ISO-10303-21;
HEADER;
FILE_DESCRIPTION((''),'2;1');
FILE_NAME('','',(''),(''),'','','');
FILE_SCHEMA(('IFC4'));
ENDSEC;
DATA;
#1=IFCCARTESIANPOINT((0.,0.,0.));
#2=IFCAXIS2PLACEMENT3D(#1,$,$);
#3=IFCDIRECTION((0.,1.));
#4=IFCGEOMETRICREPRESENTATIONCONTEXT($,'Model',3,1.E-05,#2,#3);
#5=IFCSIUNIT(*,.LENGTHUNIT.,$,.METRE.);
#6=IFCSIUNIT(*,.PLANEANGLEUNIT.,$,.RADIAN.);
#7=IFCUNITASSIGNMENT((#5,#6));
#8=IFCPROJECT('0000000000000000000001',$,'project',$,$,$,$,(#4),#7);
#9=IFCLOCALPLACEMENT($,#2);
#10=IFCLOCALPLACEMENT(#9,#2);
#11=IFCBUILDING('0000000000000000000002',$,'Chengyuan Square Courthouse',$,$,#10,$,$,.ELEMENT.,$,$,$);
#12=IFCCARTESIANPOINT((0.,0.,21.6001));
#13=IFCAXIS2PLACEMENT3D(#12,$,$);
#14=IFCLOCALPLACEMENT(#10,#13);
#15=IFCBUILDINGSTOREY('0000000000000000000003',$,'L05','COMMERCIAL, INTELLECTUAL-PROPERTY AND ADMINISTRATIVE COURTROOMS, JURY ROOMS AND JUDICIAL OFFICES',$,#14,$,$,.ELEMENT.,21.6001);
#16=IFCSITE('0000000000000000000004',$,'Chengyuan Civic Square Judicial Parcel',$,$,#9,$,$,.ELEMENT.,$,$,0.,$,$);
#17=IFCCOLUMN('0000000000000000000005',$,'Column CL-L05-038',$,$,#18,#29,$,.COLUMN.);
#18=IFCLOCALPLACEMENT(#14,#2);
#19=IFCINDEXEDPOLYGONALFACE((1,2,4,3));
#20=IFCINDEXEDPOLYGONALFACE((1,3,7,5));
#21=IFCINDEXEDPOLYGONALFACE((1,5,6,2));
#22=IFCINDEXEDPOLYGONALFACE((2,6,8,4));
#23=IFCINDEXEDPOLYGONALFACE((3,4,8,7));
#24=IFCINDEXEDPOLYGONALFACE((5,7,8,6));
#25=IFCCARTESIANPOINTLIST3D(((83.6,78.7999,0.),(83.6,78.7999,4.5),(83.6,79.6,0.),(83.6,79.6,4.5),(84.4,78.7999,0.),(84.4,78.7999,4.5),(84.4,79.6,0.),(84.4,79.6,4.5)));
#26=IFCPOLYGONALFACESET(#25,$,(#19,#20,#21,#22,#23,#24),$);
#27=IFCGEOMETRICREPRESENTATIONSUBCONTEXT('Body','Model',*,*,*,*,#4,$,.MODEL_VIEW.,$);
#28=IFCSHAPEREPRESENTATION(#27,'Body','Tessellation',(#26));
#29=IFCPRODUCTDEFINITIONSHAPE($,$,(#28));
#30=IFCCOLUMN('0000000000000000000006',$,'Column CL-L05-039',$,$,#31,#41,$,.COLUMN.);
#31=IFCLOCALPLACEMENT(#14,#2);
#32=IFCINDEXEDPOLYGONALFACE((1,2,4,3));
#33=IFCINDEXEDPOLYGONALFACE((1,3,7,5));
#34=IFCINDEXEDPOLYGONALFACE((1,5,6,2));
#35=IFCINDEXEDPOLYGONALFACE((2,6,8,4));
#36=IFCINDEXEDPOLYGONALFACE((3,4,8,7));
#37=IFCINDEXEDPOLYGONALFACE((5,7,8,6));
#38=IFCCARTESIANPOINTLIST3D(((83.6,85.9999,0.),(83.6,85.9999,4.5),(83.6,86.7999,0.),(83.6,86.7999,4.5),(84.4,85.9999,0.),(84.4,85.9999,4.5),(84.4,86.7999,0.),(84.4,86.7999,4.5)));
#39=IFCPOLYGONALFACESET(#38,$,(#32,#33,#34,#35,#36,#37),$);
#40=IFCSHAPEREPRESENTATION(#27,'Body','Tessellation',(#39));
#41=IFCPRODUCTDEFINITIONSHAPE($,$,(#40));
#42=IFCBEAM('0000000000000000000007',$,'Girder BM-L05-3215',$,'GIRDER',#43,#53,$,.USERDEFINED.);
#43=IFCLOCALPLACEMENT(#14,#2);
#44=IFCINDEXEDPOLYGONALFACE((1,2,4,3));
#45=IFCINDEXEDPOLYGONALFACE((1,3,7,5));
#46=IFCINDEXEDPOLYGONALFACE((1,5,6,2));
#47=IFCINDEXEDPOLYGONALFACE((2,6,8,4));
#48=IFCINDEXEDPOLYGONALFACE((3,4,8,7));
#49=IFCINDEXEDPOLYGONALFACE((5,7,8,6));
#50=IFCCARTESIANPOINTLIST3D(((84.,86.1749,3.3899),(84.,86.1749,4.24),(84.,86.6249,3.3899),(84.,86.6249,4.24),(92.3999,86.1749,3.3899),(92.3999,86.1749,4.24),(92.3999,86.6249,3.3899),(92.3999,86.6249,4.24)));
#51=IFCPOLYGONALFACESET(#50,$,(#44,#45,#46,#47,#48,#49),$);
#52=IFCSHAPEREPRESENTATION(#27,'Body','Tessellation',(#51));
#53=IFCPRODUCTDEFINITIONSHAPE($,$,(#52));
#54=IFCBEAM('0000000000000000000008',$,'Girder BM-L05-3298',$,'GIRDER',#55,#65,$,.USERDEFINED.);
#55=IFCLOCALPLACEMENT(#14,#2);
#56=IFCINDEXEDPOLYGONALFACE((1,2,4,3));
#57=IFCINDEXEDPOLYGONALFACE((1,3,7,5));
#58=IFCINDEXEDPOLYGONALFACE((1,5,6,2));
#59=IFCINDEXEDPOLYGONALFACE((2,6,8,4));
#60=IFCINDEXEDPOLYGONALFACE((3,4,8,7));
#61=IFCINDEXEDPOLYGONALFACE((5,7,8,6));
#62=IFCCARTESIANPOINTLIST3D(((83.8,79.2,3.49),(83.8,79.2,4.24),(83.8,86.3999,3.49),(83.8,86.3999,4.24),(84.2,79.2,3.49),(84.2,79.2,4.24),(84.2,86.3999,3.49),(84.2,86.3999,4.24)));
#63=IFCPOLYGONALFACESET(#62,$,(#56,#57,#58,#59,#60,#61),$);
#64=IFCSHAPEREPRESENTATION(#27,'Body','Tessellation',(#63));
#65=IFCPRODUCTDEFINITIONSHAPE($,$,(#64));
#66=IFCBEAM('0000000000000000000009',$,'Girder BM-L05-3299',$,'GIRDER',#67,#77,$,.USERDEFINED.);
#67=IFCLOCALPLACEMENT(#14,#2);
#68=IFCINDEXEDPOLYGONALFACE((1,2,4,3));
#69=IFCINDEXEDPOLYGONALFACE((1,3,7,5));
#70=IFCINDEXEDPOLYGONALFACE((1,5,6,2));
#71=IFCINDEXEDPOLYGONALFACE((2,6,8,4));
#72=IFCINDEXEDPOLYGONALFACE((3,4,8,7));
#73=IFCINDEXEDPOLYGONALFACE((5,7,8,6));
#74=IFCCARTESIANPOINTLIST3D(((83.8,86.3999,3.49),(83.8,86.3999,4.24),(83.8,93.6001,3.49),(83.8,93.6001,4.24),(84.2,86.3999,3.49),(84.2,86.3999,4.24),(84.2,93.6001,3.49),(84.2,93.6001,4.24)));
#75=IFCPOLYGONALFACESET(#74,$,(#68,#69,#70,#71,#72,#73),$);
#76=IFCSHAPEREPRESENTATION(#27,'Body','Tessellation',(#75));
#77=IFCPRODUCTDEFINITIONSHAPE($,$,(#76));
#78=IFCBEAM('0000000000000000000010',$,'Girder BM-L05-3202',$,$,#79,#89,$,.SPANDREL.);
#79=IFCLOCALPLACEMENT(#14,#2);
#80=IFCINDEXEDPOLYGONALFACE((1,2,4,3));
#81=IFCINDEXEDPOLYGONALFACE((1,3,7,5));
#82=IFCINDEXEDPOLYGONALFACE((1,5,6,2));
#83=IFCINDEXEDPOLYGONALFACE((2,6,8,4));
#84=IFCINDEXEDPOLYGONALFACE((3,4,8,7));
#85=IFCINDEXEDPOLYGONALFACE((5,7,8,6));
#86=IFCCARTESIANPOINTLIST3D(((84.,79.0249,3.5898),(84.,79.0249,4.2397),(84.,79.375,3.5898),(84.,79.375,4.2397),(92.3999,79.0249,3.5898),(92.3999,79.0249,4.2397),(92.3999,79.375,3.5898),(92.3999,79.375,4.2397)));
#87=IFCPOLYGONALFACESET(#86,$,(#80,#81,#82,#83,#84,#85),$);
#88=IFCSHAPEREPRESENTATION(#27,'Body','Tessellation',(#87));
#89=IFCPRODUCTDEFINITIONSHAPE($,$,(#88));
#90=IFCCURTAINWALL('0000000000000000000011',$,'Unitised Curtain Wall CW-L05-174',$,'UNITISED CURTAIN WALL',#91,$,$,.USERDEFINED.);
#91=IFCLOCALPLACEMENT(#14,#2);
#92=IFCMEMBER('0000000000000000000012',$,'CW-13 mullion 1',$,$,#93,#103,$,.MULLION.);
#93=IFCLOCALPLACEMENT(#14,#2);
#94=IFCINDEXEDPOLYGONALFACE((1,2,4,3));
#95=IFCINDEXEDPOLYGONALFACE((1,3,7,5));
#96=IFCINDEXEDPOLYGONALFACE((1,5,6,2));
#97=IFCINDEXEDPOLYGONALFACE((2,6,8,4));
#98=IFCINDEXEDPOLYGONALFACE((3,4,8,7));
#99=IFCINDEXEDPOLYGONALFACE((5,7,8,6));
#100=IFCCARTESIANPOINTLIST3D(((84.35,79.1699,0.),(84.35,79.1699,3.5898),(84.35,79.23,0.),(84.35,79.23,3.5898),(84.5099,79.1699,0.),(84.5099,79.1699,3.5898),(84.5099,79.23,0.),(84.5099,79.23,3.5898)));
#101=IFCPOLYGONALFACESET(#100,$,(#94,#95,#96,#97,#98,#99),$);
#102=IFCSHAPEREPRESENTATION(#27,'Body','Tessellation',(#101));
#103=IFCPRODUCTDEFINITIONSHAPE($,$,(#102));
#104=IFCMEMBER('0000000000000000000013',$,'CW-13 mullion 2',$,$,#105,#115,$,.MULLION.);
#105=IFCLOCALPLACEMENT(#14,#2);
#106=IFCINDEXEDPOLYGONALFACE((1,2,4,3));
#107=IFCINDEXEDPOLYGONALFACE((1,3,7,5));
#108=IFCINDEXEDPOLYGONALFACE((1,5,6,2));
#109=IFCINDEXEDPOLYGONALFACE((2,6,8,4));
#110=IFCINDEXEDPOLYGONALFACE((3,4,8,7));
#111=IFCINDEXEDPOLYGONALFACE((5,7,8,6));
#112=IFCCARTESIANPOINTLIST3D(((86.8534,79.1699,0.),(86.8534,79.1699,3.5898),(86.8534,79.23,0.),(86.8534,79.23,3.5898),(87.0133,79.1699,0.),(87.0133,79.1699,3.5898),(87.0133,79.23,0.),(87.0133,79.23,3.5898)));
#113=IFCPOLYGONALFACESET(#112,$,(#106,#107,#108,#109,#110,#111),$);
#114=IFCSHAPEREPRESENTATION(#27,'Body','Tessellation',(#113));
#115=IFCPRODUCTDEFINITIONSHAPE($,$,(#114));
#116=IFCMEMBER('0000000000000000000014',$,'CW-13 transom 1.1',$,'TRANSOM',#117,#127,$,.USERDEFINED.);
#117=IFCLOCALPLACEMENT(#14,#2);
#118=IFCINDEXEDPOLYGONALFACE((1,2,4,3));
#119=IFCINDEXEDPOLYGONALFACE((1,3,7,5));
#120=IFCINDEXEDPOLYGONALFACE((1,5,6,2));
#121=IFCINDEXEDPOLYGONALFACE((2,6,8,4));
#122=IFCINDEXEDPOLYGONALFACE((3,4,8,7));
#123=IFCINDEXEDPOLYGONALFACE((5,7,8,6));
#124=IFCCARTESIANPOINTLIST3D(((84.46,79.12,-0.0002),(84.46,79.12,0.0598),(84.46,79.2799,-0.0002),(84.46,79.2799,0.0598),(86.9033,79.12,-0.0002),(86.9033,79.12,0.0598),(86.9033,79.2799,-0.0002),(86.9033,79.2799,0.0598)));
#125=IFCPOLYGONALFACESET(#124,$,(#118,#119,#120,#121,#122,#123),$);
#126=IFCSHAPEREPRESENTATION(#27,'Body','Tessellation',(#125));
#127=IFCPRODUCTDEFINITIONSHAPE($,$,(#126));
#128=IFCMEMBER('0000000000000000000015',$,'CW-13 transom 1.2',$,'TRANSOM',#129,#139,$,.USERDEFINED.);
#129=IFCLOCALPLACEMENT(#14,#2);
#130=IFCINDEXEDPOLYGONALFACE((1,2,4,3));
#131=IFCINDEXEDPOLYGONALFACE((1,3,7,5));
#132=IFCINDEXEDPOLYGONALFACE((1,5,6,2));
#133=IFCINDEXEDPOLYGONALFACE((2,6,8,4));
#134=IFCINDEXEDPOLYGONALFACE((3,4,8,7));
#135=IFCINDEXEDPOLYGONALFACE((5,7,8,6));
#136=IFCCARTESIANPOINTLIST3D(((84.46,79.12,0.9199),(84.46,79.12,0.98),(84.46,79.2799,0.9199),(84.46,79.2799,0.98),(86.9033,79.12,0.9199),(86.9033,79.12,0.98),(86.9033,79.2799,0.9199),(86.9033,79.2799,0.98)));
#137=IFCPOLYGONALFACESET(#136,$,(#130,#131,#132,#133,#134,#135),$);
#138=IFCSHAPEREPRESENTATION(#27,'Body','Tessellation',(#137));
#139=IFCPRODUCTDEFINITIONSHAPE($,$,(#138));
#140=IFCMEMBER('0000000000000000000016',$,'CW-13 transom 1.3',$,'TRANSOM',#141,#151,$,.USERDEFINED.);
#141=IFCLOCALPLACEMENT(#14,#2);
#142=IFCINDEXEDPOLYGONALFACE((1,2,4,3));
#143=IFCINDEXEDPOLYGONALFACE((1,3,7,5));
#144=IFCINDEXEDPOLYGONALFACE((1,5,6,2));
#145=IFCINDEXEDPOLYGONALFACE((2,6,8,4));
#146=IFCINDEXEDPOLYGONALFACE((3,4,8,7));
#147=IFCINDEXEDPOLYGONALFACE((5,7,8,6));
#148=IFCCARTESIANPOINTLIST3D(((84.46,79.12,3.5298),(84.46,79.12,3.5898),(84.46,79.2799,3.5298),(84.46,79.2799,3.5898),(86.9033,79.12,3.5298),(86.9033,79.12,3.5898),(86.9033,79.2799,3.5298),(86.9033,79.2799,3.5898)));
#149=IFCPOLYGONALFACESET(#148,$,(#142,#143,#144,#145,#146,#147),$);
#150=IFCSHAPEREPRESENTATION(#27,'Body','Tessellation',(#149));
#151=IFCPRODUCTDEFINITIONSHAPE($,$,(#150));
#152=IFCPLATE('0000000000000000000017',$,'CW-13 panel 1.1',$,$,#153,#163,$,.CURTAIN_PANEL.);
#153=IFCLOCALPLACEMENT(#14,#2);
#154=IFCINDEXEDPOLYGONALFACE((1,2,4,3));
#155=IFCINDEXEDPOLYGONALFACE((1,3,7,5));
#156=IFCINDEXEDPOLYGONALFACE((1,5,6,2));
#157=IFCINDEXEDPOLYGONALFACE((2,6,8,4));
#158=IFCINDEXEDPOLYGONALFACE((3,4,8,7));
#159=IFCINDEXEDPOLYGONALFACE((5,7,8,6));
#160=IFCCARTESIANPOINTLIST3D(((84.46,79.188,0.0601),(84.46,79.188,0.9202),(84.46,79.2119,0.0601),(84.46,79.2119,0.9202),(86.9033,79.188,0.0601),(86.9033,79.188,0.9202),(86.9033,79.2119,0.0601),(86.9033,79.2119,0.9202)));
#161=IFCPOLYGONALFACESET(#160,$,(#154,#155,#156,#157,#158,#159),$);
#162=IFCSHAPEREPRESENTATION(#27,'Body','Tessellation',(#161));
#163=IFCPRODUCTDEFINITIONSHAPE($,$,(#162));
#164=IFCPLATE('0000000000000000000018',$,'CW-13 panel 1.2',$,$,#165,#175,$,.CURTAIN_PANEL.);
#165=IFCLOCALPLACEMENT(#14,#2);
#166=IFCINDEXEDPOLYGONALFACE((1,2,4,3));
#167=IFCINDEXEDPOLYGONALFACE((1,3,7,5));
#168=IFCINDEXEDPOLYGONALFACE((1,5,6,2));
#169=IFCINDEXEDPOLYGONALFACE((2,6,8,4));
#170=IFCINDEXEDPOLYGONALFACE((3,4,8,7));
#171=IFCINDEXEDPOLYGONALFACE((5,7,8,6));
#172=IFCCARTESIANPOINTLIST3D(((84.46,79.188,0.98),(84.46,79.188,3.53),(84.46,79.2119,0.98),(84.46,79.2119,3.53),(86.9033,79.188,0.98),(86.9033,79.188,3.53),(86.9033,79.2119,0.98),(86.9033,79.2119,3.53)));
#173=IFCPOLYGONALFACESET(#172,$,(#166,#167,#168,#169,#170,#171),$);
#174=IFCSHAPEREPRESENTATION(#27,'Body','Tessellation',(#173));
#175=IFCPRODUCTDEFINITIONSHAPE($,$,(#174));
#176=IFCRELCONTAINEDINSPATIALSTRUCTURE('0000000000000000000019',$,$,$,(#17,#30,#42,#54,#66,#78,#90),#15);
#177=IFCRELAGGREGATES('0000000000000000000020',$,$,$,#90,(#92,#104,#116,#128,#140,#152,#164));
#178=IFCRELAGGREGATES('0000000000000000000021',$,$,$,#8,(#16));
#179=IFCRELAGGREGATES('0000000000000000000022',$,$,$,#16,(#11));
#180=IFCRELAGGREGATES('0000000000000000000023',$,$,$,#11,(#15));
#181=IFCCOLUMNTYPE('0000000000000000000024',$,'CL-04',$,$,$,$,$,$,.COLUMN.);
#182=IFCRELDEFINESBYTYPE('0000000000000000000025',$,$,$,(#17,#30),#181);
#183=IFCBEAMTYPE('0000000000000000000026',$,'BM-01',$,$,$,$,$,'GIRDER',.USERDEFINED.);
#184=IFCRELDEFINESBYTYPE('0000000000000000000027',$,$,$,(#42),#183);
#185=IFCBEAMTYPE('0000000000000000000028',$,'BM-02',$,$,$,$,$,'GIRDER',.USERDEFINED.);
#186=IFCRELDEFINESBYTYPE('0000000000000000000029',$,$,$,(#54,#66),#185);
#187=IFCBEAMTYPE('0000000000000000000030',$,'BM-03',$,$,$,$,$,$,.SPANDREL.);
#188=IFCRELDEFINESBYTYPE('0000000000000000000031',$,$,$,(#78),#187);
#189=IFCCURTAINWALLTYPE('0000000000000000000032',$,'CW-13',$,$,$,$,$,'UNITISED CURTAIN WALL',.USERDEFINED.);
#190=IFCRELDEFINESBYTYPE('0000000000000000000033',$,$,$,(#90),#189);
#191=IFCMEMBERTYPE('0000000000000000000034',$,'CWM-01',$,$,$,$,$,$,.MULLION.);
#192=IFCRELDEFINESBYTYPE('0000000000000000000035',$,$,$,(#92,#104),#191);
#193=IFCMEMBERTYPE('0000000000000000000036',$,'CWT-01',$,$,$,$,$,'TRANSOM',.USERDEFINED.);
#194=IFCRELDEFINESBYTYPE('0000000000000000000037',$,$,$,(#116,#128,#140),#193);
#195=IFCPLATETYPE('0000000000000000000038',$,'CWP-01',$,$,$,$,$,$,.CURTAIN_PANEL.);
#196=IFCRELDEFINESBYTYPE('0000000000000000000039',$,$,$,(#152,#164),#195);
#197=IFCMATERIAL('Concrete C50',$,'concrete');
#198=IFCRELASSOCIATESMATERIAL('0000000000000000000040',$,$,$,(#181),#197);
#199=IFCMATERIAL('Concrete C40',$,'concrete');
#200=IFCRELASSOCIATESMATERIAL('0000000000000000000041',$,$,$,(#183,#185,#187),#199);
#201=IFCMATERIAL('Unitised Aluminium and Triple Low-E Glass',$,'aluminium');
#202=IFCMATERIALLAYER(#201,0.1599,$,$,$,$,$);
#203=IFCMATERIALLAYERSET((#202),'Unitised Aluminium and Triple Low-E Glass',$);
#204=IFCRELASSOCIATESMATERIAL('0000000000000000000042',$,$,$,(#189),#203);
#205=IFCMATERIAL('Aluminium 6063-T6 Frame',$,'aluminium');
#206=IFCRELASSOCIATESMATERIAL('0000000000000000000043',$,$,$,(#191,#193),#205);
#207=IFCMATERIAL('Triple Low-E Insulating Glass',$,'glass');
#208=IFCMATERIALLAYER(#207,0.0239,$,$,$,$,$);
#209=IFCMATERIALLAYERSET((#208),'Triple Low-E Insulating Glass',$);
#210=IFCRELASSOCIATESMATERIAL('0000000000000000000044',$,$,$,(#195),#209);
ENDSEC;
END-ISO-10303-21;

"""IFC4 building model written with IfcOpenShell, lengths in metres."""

from ifc_helpers import new_model, si_unit, direction, frame, origin, origin_2d, place, context, subcontext, project, spatial, rectangle, extrude, material, layer, layer_set, material_profile, profile_set, type_object, element, aggregate, save


model = new_model("IFC4")

# Units and contexts
model_context = context("Model", 3, precision=1e-05, world=origin(), true_north=direction((0.0, 1.0)))
body_context = subcontext(model_context, "Body", "Model", "MODEL_VIEW")
ifc_project = project(units=[si_unit("LENGTHUNIT", "METRE"), si_unit("PLANEANGLEUNIT", "RADIAN")], contexts=[model_context])

# Site, building, storey
site_placement = place(None, origin())
site = spatial("IfcSite", under=ifc_project, at=site_placement, Name="Chengyuan Civic Square Judicial Parcel", CompositionType="ELEMENT", RefElevation=0.0)
building_placement = place(site_placement, origin())
building = spatial("IfcBuilding", under=site, at=building_placement, Name="Chengyuan Square Courthouse", CompositionType="ELEMENT")
storey_placement = place(building_placement, frame((0.0, 0.0, 21.6001)))
storey = spatial("IfcBuildingStorey", under=building, at=storey_placement, Name="L05", Description="COMMERCIAL, INTELLECTUAL-PROPERTY AND ADMINISTRATIVE COURTROOMS, JURY ROOMS AND JUDICIAL OFFICES", CompositionType="ELEMENT", Elevation=21.6001)

# Columns
ifc_material_1 = material(Name="Concrete C50", Category="concrete")
ifc_material_profile_1 = material_profile(ifc_material_1, rectangle(XDim=0.8, YDim=0.8, at=origin_2d()), Name="RC-COL-800x800")
ifc_profile_set_1 = profile_set([ifc_material_profile_1], Name="Concrete C50")
column_type = type_object("IfcColumnType", Name="CL-04", PredefinedType="COLUMN", material=ifc_profile_set_1)
for number, where, z_axis, x_axis, name in (
    (1, (84.0, 79.2, 0.0), (0.0, 0.0, 1.0), (1.0, 0.0, 0.0), "Column CL-L05-038"),
    (2, (84.0, 86.3999, 0.0), (0.0, 0.0, 1.0), (1.0, 0.0, 0.0), "Column CL-L05-039"),
):
    element("IfcColumn", number, at=place(storey_placement, frame(where, z_axis=z_axis, x_axis=x_axis)), inside=storey, type_object=column_type, Name=name, PredefinedType="COLUMN", context=body_context, shape_type="SweptSolid", body=[
        extrude(rectangle(XDim=0.8, YDim=0.8, at=origin_2d()), origin(), (0.0, 0.0, 1.0), 4.5),
    ])

# Beams
ifc_material_2 = material(Name="Concrete C40", Category="concrete")
ifc_material_profile_2 = material_profile(ifc_material_2, rectangle(XDim=0.45, YDim=0.8501, at=origin_2d()), Name="RC-BM-450x850")
ifc_profile_set_2 = profile_set([ifc_material_profile_2], Name="Concrete C40")
beam_type_1 = type_object("IfcBeamType", Name="BM-01", ElementType="GIRDER", PredefinedType="USERDEFINED", material=ifc_profile_set_2)
beam_1_placement = place(storey_placement, frame((84.0, 86.3999, 3.8149), z_axis=(1.0, 0.0, 0.0), x_axis=(0.0, 1.0, 0.0)))
element("IfcBeam", 3, at=beam_1_placement, inside=storey, type_object=beam_type_1, Name="Girder BM-L05-3215", ObjectType="GIRDER", PredefinedType="USERDEFINED", context=body_context, shape_type="SweptSolid", body=[
    extrude(rectangle(XDim=0.45, YDim=0.8501, at=origin_2d()), origin(), (0.0, 0.0, 1.0), 8.3999),
])
ifc_material_profile_3 = material_profile(ifc_material_2, rectangle(XDim=0.3999, YDim=0.75, at=origin_2d()), Name="RC-BM-400x750")
ifc_profile_set_3 = profile_set([ifc_material_profile_3], Name="Concrete C40")
beam_type_2 = type_object("IfcBeamType", Name="BM-02", ElementType="GIRDER", PredefinedType="USERDEFINED", material=ifc_profile_set_3)
beam_2_placement = place(storey_placement, frame((84.0, 79.2, 3.865), z_axis=(0.0, 1.0, 0.0), x_axis=(-1.0, 0.0, 0.0)))
element("IfcBeam", 4, at=beam_2_placement, inside=storey, type_object=beam_type_2, Name="Girder BM-L05-3298", ObjectType="GIRDER", PredefinedType="USERDEFINED", context=body_context, shape_type="SweptSolid", body=[
    extrude(rectangle(XDim=0.3999, YDim=0.75, at=origin_2d()), origin(), (0.0, 0.0, 1.0), 7.2),
])
beam_3_placement = place(storey_placement, frame((84.0, 86.3999, 3.865), z_axis=(0.0, 1.0, 0.0), x_axis=(-1.0, 0.0, 0.0)))
element("IfcBeam", 5, at=beam_3_placement, inside=storey, type_object=beam_type_2, Name="Girder BM-L05-3299", ObjectType="GIRDER", PredefinedType="USERDEFINED", context=body_context, shape_type="SweptSolid", body=[
    extrude(rectangle(XDim=0.3999, YDim=0.75, at=origin_2d()), origin(), (0.0, 0.0, 1.0), 7.2002),
])
ifc_material_profile_4 = material_profile(ifc_material_2, rectangle(XDim=0.3501, YDim=0.6499, at=origin_2d()), Name="RC-BM-350x650")
ifc_profile_set_4 = profile_set([ifc_material_profile_4], Name="Concrete C40")
beam_type_3 = type_object("IfcBeamType", Name="BM-03", PredefinedType="SPANDREL", material=ifc_profile_set_4)
beam_4_placement = place(storey_placement, frame((84.0, 79.2, 3.9148), z_axis=(1.0, 0.0, 0.0), x_axis=(0.0, 1.0, 0.0)))
element("IfcBeam", 6, at=beam_4_placement, inside=storey, type_object=beam_type_3, Name="Girder BM-L05-3202", PredefinedType="SPANDREL", context=body_context, shape_type="SweptSolid", body=[
    extrude(rectangle(XDim=0.3501, YDim=0.6499, at=origin_2d()), origin(), (0.0, 0.0, 1.0), 8.3999),
])

# Curtain wall, members, plates
ifc_material_3 = material(Name="Unitised Aluminium and Triple Low-E Glass", Category="aluminium")
ifc_layer_1 = layer(ifc_material_3, 0.1599)
ifc_layer_set_1 = layer_set([ifc_layer_1], Name="Unitised Aluminium and Triple Low-E Glass")
curtain_wall_type = type_object("IfcCurtainWallType", Name="CW-13", ElementType="UNITISED CURTAIN WALL", PredefinedType="USERDEFINED", material=ifc_layer_set_1)
curtain_wall_placement = place(storey_placement, origin())
curtain_wall = element("IfcCurtainWall", 7, at=curtain_wall_placement, inside=storey, type_object=curtain_wall_type, Name="Unitised Curtain Wall CW-L05-174", ObjectType="UNITISED CURTAIN WALL", PredefinedType="USERDEFINED")
ifc_material_4 = material(Name="Aluminium 6063-T6 Frame", Category="aluminium")
ifc_material_profile_5 = material_profile(ifc_material_4, rectangle(XDim=0.0601, YDim=0.1599, at=origin_2d()), Name="CW-MUL-60x160")
ifc_profile_set_5 = profile_set([ifc_material_profile_5], Name="Aluminium 6063-T6 Frame")
member_type_1 = type_object("IfcMemberType", Name="CWM-01", PredefinedType="MULLION", material=ifc_profile_set_5)
member_1_placement = place(storey_placement, frame((84.4299, 79.2, 0.0), z_axis=(0.0, 0.0, 1.0), x_axis=(0.0, 1.0, 0.0)))
member_1 = element("IfcMember", 8, at=member_1_placement, type_object=member_type_1, Name="CW-13 mullion 1", PredefinedType="MULLION", context=body_context, shape_type="SweptSolid", body=[
    extrude(rectangle(XDim=0.0601, YDim=0.1599, at=origin_2d()), origin(), (0.0, 0.0, 1.0), 3.5898),
])
member_2_placement = place(storey_placement, frame((86.9333, 79.2, 0.0), z_axis=(0.0, 0.0, 1.0), x_axis=(0.0, 1.0, 0.0)))
member_2 = element("IfcMember", 9, at=member_2_placement, type_object=member_type_1, Name="CW-13 mullion 2", PredefinedType="MULLION", context=body_context, shape_type="SweptSolid", body=[
    extrude(rectangle(XDim=0.0601, YDim=0.1599, at=origin_2d()), origin(), (0.0, 0.0, 1.0), 3.5898),
])
ifc_material_profile_6 = material_profile(ifc_material_4, rectangle(XDim=0.1599, YDim=0.0601, at=origin_2d()), Name="CW-TRN-60x120")
ifc_profile_set_6 = profile_set([ifc_material_profile_6], Name="Aluminium 6063-T6 Frame")
member_type_2 = type_object("IfcMemberType", Name="CWT-01", ElementType="TRANSOM", PredefinedType="USERDEFINED", material=ifc_profile_set_6)
member_3_placement = place(storey_placement, frame((84.46, 79.2, 0.0298), z_axis=(1.0, 0.0, 0.0), x_axis=(0.0, 1.0, 0.0)))
member_3 = element("IfcMember", 10, at=member_3_placement, type_object=member_type_2, Name="CW-13 transom 1.1", ObjectType="TRANSOM", PredefinedType="USERDEFINED", context=body_context, shape_type="SweptSolid", body=[
    extrude(rectangle(XDim=0.1599, YDim=0.0601, at=origin_2d()), origin(), (0.0, 0.0, 1.0), 2.4434),
])
member_4_placement = place(storey_placement, frame((84.46, 79.2, 0.95), z_axis=(1.0, 0.0, 0.0), x_axis=(0.0, 1.0, 0.0)))
member_4 = element("IfcMember", 11, at=member_4_placement, type_object=member_type_2, Name="CW-13 transom 1.2", ObjectType="TRANSOM", PredefinedType="USERDEFINED", context=body_context, shape_type="SweptSolid", body=[
    extrude(rectangle(XDim=0.1599, YDim=0.0601, at=origin_2d()), origin(), (0.0, 0.0, 1.0), 2.4434),
])
member_5_placement = place(storey_placement, frame((84.46, 79.2, 3.5598), z_axis=(1.0, 0.0, 0.0), x_axis=(0.0, 1.0, 0.0)))
member_5 = element("IfcMember", 12, at=member_5_placement, type_object=member_type_2, Name="CW-13 transom 1.3", ObjectType="TRANSOM", PredefinedType="USERDEFINED", context=body_context, shape_type="SweptSolid", body=[
    extrude(rectangle(XDim=0.1599, YDim=0.0601, at=origin_2d()), origin(), (0.0, 0.0, 1.0), 2.4434),
])
ifc_material_5 = material(Name="Triple Low-E Insulating Glass", Category="glass")
ifc_layer_2 = layer(ifc_material_5, 0.0239)
ifc_layer_set_2 = layer_set([ifc_layer_2], Name="Triple Low-E Insulating Glass")
plate_type = type_object("IfcPlateType", Name="CWP-01", PredefinedType="CURTAIN_PANEL", material=ifc_layer_set_2)
plate_1_placement = place(storey_placement, frame((85.6816, 79.2, 0.0601), z_axis=(0.0, 0.0, 1.0), x_axis=(1.0, 0.0, 0.0)))
plate_1 = element("IfcPlate", 13, at=plate_1_placement, type_object=plate_type, Name="CW-13 panel 1.1", PredefinedType="CURTAIN_PANEL", context=body_context, shape_type="SweptSolid", body=[
    extrude(rectangle(XDim=2.4434, YDim=0.0239, at=origin_2d()), origin(), (0.0, 0.0, 1.0), 0.8601),
])
plate_2_placement = place(storey_placement, frame((85.6816, 79.2, 0.98), z_axis=(0.0, 0.0, 1.0), x_axis=(1.0, 0.0, 0.0)))
plate_2 = element("IfcPlate", 14, at=plate_2_placement, type_object=plate_type, Name="CW-13 panel 1.2", PredefinedType="CURTAIN_PANEL", context=body_context, shape_type="SweptSolid", body=[
    extrude(rectangle(XDim=2.4434, YDim=0.0239, at=origin_2d()), origin(), (0.0, 0.0, 1.0), 2.55),
])
aggregate(curtain_wall, [member_1, member_2, member_3, member_4, member_5, plate_1, plate_2])

save(model, "model.ifc")
